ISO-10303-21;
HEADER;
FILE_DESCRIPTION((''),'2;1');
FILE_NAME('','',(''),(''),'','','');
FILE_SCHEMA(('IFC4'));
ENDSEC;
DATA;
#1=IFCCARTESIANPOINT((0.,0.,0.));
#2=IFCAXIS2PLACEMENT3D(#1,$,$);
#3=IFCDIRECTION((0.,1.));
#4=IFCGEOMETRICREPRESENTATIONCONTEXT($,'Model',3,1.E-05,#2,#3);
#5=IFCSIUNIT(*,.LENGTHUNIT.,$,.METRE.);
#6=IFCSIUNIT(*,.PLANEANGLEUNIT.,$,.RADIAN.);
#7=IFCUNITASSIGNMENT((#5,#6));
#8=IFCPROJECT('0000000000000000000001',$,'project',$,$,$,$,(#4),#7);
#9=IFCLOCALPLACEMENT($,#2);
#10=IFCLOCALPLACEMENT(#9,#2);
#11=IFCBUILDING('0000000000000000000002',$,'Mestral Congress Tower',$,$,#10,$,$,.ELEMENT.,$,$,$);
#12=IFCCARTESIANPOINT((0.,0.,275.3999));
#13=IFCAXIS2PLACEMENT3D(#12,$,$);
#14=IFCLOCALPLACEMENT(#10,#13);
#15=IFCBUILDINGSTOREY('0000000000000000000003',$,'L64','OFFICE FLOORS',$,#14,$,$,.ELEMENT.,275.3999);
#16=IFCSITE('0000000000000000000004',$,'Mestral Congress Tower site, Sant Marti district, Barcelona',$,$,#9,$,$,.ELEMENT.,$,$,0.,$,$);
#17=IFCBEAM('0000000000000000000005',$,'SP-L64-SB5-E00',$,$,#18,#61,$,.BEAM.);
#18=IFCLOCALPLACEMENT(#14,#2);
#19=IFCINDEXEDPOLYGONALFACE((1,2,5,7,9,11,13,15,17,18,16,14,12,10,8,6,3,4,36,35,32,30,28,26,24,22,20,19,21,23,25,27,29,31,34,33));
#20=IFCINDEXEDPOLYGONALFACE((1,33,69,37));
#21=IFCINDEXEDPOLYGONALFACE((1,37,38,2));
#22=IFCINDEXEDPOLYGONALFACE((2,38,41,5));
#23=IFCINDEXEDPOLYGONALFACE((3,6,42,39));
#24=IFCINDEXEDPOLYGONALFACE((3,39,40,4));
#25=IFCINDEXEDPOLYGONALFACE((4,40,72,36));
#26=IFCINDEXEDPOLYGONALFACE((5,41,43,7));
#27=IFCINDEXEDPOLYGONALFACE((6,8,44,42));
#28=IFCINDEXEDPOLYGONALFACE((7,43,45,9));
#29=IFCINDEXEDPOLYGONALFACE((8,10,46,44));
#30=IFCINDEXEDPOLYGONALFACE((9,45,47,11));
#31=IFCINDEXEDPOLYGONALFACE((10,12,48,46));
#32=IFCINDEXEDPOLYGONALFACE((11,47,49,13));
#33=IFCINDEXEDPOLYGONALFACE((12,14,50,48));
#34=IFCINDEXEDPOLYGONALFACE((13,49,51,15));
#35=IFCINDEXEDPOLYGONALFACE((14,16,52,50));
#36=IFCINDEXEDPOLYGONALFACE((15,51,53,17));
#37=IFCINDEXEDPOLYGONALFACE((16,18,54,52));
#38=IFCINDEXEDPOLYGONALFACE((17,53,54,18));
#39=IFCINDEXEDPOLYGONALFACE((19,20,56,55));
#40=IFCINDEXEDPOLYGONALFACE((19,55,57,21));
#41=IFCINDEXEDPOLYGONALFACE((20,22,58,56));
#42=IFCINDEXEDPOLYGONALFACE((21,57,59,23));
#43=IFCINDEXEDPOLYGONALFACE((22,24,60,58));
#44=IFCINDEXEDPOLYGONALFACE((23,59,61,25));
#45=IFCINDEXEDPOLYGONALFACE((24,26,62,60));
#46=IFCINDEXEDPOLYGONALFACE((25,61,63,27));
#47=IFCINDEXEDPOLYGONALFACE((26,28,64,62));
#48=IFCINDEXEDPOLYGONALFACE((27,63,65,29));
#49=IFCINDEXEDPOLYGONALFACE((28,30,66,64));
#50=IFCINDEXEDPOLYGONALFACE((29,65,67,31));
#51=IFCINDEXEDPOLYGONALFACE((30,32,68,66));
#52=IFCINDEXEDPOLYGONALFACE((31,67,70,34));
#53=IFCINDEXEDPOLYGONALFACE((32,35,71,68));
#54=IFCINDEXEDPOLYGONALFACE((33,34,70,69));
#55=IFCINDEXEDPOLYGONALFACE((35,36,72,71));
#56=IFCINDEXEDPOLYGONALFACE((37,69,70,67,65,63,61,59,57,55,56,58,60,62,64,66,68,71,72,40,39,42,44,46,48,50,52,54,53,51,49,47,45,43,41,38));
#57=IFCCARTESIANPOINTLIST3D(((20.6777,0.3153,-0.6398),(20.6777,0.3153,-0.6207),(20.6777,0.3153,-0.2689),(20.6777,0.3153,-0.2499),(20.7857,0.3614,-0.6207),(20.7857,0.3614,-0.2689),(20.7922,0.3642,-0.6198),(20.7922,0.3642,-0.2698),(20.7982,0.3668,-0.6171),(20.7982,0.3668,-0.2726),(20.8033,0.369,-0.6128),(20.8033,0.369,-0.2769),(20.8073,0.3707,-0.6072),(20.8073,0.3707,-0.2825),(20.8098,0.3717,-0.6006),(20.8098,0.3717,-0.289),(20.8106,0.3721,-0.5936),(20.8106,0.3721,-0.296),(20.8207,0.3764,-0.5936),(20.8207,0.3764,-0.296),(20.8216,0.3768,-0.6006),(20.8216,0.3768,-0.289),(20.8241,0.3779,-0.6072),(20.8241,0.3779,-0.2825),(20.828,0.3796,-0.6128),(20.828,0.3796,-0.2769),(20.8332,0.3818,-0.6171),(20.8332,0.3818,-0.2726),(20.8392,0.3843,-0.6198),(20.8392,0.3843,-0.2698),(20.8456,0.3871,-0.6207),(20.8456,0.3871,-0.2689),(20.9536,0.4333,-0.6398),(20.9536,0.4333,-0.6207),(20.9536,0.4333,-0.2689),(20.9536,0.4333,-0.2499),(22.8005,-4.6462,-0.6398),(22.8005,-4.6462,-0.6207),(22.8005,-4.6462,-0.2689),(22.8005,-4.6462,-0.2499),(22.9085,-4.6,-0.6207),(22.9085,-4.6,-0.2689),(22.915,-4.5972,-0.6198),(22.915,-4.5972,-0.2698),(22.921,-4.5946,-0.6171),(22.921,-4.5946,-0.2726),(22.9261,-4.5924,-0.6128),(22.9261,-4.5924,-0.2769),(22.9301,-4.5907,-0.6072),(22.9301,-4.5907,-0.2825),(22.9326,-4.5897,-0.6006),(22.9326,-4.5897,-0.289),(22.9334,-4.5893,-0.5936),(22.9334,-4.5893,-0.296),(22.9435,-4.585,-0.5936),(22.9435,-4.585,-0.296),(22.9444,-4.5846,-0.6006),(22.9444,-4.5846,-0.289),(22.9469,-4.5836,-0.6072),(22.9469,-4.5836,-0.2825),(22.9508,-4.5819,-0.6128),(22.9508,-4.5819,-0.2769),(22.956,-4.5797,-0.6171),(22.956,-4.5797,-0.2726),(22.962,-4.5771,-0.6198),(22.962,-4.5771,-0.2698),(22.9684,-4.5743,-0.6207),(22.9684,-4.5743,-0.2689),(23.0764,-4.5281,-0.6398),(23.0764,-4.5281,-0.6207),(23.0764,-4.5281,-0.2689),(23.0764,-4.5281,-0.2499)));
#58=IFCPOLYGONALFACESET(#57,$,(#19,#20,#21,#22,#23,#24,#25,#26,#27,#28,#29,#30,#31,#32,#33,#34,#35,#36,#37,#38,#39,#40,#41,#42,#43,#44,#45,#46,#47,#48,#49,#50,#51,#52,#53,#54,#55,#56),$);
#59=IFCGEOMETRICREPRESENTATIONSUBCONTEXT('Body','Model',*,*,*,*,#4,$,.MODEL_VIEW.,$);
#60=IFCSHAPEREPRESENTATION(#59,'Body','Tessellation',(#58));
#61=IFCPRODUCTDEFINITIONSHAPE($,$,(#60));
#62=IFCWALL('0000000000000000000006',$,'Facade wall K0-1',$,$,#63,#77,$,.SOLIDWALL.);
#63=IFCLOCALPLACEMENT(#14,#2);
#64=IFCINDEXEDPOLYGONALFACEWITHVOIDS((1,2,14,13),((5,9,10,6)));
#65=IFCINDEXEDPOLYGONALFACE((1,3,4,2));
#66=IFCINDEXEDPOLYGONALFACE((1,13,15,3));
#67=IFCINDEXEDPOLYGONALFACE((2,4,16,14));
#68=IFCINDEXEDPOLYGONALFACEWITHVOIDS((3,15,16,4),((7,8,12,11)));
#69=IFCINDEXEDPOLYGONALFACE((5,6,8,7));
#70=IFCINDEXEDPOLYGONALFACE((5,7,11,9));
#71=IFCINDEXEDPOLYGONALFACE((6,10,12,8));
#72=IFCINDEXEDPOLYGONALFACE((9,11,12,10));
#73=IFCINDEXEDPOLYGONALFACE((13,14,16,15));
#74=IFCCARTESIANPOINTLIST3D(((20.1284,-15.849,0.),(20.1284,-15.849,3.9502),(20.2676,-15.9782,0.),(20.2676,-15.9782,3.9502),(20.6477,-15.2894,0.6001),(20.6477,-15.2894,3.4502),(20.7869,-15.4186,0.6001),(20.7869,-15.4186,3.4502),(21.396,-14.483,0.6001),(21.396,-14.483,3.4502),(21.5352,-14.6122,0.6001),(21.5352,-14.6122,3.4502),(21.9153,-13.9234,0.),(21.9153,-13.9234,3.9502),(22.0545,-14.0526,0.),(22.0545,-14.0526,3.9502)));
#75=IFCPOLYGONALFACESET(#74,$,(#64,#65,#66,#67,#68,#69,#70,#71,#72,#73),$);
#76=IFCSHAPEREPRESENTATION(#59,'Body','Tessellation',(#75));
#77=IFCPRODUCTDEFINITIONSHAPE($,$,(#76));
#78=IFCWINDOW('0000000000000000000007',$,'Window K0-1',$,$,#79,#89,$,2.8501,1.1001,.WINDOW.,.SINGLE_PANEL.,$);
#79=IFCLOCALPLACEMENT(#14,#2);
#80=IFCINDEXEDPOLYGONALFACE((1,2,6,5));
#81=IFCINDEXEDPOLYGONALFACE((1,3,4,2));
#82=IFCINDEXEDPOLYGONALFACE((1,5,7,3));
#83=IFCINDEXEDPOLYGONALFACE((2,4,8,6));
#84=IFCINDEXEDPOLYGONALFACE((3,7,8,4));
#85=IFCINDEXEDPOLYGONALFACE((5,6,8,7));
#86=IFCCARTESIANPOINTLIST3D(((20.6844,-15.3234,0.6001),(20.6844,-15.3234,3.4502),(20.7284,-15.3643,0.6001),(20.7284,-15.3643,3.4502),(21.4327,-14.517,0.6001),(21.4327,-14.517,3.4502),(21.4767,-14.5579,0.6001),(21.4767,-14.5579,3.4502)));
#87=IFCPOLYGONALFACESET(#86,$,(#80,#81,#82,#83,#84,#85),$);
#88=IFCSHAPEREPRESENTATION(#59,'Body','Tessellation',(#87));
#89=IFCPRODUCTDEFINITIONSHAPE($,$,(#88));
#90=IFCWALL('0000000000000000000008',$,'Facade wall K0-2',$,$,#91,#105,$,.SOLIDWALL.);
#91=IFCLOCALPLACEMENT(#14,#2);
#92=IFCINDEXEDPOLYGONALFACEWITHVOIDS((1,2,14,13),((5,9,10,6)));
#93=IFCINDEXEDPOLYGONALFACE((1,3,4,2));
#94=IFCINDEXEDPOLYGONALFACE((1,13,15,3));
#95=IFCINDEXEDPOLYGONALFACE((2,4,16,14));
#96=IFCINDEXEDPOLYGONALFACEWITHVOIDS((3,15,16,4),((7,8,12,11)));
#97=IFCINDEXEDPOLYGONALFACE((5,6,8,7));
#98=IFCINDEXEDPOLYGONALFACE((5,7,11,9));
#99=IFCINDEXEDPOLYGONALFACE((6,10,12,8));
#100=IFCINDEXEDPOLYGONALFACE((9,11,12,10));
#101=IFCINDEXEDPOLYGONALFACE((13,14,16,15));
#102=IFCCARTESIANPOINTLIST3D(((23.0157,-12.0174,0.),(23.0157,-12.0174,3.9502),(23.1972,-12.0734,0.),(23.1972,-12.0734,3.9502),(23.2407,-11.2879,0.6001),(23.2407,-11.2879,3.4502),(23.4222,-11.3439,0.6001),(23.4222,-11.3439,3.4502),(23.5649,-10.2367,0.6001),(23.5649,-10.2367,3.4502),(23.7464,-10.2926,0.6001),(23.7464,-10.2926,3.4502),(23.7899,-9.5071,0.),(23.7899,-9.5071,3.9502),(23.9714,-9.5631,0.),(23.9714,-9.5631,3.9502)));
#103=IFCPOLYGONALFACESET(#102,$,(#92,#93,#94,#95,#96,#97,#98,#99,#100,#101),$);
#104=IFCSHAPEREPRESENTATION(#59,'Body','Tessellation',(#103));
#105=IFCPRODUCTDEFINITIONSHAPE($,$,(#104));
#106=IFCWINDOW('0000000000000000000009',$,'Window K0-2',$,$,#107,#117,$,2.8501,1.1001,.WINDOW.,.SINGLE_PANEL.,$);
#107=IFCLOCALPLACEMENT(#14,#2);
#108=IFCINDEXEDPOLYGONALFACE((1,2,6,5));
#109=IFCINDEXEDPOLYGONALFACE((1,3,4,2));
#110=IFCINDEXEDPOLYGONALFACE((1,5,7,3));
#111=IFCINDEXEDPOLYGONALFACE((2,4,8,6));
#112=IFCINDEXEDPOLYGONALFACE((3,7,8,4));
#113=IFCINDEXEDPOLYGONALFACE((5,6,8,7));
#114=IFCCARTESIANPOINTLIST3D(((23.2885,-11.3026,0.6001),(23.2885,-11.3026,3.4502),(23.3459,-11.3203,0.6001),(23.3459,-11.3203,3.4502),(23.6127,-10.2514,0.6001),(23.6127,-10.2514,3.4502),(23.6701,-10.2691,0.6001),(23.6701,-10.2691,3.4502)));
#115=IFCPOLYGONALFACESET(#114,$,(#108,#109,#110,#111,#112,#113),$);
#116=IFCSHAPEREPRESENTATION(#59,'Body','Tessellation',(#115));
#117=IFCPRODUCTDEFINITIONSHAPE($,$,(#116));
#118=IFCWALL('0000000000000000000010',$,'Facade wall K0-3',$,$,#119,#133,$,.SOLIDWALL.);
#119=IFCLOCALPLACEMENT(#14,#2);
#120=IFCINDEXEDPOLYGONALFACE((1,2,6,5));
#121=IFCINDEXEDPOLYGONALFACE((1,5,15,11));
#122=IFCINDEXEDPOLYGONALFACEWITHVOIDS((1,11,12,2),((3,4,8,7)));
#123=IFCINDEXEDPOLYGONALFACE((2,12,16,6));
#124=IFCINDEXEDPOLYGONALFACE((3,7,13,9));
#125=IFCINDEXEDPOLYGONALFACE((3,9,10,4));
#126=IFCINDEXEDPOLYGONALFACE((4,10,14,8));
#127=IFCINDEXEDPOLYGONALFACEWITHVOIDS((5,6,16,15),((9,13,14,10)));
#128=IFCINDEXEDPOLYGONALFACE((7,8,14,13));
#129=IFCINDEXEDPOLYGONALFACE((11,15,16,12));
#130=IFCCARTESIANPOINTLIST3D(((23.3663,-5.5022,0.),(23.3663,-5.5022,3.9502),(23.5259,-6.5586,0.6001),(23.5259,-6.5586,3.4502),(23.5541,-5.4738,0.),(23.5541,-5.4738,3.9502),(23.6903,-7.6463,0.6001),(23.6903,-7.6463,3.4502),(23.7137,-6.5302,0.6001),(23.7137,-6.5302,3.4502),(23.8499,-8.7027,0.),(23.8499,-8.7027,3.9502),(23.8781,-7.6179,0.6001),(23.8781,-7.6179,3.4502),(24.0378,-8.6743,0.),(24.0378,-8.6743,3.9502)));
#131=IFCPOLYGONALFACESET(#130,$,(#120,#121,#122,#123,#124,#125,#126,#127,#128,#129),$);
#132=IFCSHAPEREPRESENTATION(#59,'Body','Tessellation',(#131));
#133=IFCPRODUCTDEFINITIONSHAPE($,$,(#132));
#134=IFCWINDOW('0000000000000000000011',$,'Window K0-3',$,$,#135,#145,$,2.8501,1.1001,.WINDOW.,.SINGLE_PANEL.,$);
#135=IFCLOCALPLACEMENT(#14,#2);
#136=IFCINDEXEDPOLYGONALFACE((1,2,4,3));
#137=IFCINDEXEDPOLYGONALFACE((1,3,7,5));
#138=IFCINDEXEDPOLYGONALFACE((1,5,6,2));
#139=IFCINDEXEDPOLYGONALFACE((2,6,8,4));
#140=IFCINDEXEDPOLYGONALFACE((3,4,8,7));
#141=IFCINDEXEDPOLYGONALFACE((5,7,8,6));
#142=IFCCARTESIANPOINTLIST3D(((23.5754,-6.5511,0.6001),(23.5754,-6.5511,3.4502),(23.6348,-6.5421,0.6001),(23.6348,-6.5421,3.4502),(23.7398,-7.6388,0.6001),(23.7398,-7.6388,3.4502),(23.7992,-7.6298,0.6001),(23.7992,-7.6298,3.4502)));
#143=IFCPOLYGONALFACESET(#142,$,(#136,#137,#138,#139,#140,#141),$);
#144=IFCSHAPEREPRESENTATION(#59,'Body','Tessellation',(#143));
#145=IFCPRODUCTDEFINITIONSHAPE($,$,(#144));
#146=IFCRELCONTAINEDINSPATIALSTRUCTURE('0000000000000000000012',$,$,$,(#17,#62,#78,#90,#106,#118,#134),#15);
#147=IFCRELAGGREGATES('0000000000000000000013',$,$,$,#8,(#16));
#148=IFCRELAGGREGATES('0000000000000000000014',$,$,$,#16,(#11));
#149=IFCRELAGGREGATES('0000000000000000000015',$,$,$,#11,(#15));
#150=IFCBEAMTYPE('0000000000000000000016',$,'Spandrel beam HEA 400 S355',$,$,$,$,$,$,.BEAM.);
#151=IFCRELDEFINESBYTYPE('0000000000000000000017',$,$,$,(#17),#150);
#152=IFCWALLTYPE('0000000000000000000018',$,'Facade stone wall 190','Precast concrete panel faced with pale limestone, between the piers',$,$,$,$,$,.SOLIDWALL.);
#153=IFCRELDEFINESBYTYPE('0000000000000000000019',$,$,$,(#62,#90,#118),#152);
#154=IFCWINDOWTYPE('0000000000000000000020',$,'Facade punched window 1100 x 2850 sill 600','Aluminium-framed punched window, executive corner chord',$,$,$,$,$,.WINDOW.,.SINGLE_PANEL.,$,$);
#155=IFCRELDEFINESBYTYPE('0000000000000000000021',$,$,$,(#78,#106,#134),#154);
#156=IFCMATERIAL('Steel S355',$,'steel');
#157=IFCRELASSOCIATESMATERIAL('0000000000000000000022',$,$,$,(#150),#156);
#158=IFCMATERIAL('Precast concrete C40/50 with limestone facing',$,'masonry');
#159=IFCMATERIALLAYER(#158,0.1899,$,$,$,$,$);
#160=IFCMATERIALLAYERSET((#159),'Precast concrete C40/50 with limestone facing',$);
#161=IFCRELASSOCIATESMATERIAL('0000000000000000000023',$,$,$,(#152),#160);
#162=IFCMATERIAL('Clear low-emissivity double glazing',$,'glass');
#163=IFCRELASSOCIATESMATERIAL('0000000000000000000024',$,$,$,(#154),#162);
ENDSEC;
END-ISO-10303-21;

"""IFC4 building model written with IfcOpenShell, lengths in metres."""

from ifc_helpers import new_model, si_unit, direction, frame, frame_2d, origin, origin_2d, place, context, subcontext, project, spatial, rectangle, i_section, extrude, material, layer, layer_set, material_profile, profile_set, type_object, element, fill, save


model = new_model("IFC4")

# Units and contexts
model_context = context("Model", 3, precision=1e-05, world=origin(), true_north=direction((0.0, 1.0)))
body_context = subcontext(model_context, "Body", "Model", "MODEL_VIEW")
ifc_project = project(units=[si_unit("LENGTHUNIT", "METRE"), si_unit("PLANEANGLEUNIT", "RADIAN")], contexts=[model_context])

# Site, building, storey
site_placement = place(None, origin())
site = spatial("IfcSite", under=ifc_project, at=site_placement, Name="Mestral Congress Tower site, Sant Marti district, Barcelona", CompositionType="ELEMENT", RefElevation=0.0)
building_placement = place(site_placement, origin())
building = spatial("IfcBuilding", under=site, at=building_placement, Name="Mestral Congress Tower", CompositionType="ELEMENT")
storey_placement = place(building_placement, frame((0.0, 0.0, 275.3999)))
storey = spatial("IfcBuildingStorey", under=building, at=storey_placement, Name="L64", Description="OFFICE FLOORS", CompositionType="ELEMENT", Elevation=275.3999)

# Beam
ifc_material_1 = material(Name="Steel S355", Category="steel")
ifc_material_profile_1 = material_profile(ifc_material_1, i_section(OverallWidth=0.3, OverallDepth=0.3899, WebThickness=0.011, FlangeThickness=0.019, FilletRadius=0.0271, at=origin_2d()), Name="HEA 400")
ifc_profile_set_1 = profile_set([ifc_material_profile_1], Name="Steel S355")
beam_type_1 = type_object("IfcBeamType", Name="Spandrel beam HEA 400 S355", PredefinedType="BEAM", material=ifc_profile_set_1)
beam_1_placement = place(storey_placement, frame((22.9385, -4.5872, -0.4448), z_axis=(-0.393368, 0.919381, 0.0), x_axis=(-0.919381, -0.393368, 0.0)))
element("IfcBeam", 1, at=beam_1_placement, inside=storey, type_object=beam_type_1, Name="SP-L64-SB5-E00", PredefinedType="BEAM", context=body_context, shape_type="SweptSolid", body=[
    extrude(i_section(OverallWidth=0.3, OverallDepth=0.3899, WebThickness=0.011, FlangeThickness=0.019, FilletRadius=0.0271, at=origin_2d()), origin(), (0.0, 0.0, 1.0), 5.3965),
])

# Walls, openings, windows
ifc_material_2 = material(Name="Precast concrete C40/50 with limestone facing", Category="masonry")
ifc_layer_1 = layer(ifc_material_2, 0.1899)
ifc_layer_set_1 = layer_set([ifc_layer_1], Name="Precast concrete C40/50 with limestone facing")
wall_type_1 = type_object("IfcWallType", Name="Facade stone wall 190", Description="Precast concrete panel faced with pale limestone, between the piers", PredefinedType="SOLIDWALL", material=ifc_layer_set_1)
wall_1_placement = place(storey_placement, frame((20.198, -15.9136, 0.0), z_axis=(0.0, 0.0, 1.0), x_axis=(0.680219, 0.733009, 0.0)))
wall_1 = element("IfcWall", 2, at=wall_1_placement, inside=storey, type_object=wall_type_1, Name="Facade wall K0-1", PredefinedType="SOLIDWALL", context=body_context, shape_type="SweptSolid", body=[
    extrude(rectangle(XDim=2.627, YDim=0.1899, at=frame_2d((1.3135, 0.0))), origin(), (0.0, 0.0, 1.0), 3.9502),
])
opening_1_placement = place(wall_1_placement, frame((0.7634, 0.0, 0.6001)))
opening_1 = element("IfcOpeningElement", 3, at=opening_1_placement, cuts=wall_1, PredefinedType="OPENING", context=body_context, shape_type="SweptSolid", body=[
    extrude(rectangle(XDim=1.1001, YDim=2.8501, at=frame_2d((0.55, 1.425))), frame((0.0, 0.105, 0.0), z_axis=(0.0, -1.0, 0.0), x_axis=(1.0, 0.0, 0.0)), (0.0, 0.0, 1.0), 0.21),
])
ifc_material_3 = material(Name="Clear low-emissivity double glazing", Category="glass")
window_type_1 = type_object("IfcWindowType", Name="Facade punched window 1100 x 2850 sill 600", Description="Aluminium-framed punched window, executive corner chord", PartitioningType="SINGLE_PANEL", PredefinedType="WINDOW", material=ifc_material_3)
window_1_placement = place(opening_1_placement, origin())
window_1 = element("IfcWindow", 4, at=window_1_placement, inside=storey, type_object=window_type_1, Name="Window K0-1", OverallHeight=2.8501, OverallWidth=1.1001, PartitioningType="SINGLE_PANEL", PredefinedType="WINDOW", context=body_context, shape_type="SweptSolid", body=[
    extrude(rectangle(XDim=1.1001, YDim=2.8501, at=frame_2d((0.55, 1.425))), frame((0.0, 0.0449, 0.0), z_axis=(0.0, -1.0, 0.0), x_axis=(1.0, 0.0, 0.0)), (0.0, 0.0, 1.0), 0.0601),
])
fill(opening_1, window_1)
wall_2_placement = place(storey_placement, frame((23.1064, -12.0454, 0.0), z_axis=(0.0, 0.0, 1.0), x_axis=(0.294706, 0.955588, 0.0)))
wall_2 = element("IfcWall", 5, at=wall_2_placement, inside=storey, type_object=wall_type_1, Name="Facade wall K0-2", PredefinedType="SOLIDWALL", context=body_context, shape_type="SweptSolid", body=[
    extrude(rectangle(XDim=2.627, YDim=0.1899, at=frame_2d((1.3135, 0.0))), origin(), (0.0, 0.0, 1.0), 3.9502),
])
opening_2_placement = place(wall_2_placement, frame((0.7634, 0.0, 0.6001)))
opening_2 = element("IfcOpeningElement", 6, at=opening_2_placement, cuts=wall_2, PredefinedType="OPENING", context=body_context, shape_type="SweptSolid", body=[
    extrude(rectangle(XDim=1.1001, YDim=2.8501, at=frame_2d((0.55, 1.425))), frame((0.0, 0.105, 0.0), z_axis=(0.0, -1.0, 0.0), x_axis=(1.0, 0.0, 0.0)), (0.0, 0.0, 1.0), 0.21),
])
window_2_placement = place(opening_2_placement, origin())
window_2 = element("IfcWindow", 7, at=window_2_placement, inside=storey, type_object=window_type_1, Name="Window K0-2", OverallHeight=2.8501, OverallWidth=1.1001, PartitioningType="SINGLE_PANEL", PredefinedType="WINDOW", context=body_context, shape_type="SweptSolid", body=[
    extrude(rectangle(XDim=1.1001, YDim=2.8501, at=frame_2d((0.55, 1.425))), frame((0.0, 0.0449, 0.0), z_axis=(0.0, -1.0, 0.0), x_axis=(1.0, 0.0, 0.0)), (0.0, 0.0, 1.0), 0.0601),
])
fill(opening_2, window_2)
wall_3_placement = place(storey_placement, frame((23.9438, -8.6885, 0.0), z_axis=(0.0, 0.0, 1.0), x_axis=(-0.149421, 0.988774, 0.0)))
wall_3 = element("IfcWall", 8, at=wall_3_placement, inside=storey, type_object=wall_type_1, Name="Facade wall K0-3", PredefinedType="SOLIDWALL", context=body_context, shape_type="SweptSolid", body=[
    extrude(rectangle(XDim=3.2368, YDim=0.1899, at=frame_2d((1.6184, 0.0))), origin(), (0.0, 0.0, 1.0), 3.9502),
])
opening_3_placement = place(wall_3_placement, frame((1.0684, 0.0, 0.6001)))
opening_3 = element("IfcOpeningElement", 9, at=opening_3_placement, cuts=wall_3, PredefinedType="OPENING", context=body_context, shape_type="SweptSolid", body=[
    extrude(rectangle(XDim=1.1001, YDim=2.8501, at=frame_2d((0.55, 1.425))), frame((0.0, 0.105, 0.0), z_axis=(0.0, -1.0, 0.0), x_axis=(1.0, 0.0, 0.0)), (0.0, 0.0, 1.0), 0.21),
])
window_3_placement = place(opening_3_placement, origin())
window_3 = element("IfcWindow", 10, at=window_3_placement, inside=storey, type_object=window_type_1, Name="Window K0-3", OverallHeight=2.8501, OverallWidth=1.1001, PartitioningType="SINGLE_PANEL", PredefinedType="WINDOW", context=body_context, shape_type="SweptSolid", body=[
    extrude(rectangle(XDim=1.1001, YDim=2.8501, at=frame_2d((0.55, 1.425))), frame((0.0, 0.0449, 0.0), z_axis=(0.0, -1.0, 0.0), x_axis=(1.0, 0.0, 0.0)), (0.0, 0.0, 1.0), 0.0601),
])
fill(opening_3, window_3)

save(model, "model.ifc")
